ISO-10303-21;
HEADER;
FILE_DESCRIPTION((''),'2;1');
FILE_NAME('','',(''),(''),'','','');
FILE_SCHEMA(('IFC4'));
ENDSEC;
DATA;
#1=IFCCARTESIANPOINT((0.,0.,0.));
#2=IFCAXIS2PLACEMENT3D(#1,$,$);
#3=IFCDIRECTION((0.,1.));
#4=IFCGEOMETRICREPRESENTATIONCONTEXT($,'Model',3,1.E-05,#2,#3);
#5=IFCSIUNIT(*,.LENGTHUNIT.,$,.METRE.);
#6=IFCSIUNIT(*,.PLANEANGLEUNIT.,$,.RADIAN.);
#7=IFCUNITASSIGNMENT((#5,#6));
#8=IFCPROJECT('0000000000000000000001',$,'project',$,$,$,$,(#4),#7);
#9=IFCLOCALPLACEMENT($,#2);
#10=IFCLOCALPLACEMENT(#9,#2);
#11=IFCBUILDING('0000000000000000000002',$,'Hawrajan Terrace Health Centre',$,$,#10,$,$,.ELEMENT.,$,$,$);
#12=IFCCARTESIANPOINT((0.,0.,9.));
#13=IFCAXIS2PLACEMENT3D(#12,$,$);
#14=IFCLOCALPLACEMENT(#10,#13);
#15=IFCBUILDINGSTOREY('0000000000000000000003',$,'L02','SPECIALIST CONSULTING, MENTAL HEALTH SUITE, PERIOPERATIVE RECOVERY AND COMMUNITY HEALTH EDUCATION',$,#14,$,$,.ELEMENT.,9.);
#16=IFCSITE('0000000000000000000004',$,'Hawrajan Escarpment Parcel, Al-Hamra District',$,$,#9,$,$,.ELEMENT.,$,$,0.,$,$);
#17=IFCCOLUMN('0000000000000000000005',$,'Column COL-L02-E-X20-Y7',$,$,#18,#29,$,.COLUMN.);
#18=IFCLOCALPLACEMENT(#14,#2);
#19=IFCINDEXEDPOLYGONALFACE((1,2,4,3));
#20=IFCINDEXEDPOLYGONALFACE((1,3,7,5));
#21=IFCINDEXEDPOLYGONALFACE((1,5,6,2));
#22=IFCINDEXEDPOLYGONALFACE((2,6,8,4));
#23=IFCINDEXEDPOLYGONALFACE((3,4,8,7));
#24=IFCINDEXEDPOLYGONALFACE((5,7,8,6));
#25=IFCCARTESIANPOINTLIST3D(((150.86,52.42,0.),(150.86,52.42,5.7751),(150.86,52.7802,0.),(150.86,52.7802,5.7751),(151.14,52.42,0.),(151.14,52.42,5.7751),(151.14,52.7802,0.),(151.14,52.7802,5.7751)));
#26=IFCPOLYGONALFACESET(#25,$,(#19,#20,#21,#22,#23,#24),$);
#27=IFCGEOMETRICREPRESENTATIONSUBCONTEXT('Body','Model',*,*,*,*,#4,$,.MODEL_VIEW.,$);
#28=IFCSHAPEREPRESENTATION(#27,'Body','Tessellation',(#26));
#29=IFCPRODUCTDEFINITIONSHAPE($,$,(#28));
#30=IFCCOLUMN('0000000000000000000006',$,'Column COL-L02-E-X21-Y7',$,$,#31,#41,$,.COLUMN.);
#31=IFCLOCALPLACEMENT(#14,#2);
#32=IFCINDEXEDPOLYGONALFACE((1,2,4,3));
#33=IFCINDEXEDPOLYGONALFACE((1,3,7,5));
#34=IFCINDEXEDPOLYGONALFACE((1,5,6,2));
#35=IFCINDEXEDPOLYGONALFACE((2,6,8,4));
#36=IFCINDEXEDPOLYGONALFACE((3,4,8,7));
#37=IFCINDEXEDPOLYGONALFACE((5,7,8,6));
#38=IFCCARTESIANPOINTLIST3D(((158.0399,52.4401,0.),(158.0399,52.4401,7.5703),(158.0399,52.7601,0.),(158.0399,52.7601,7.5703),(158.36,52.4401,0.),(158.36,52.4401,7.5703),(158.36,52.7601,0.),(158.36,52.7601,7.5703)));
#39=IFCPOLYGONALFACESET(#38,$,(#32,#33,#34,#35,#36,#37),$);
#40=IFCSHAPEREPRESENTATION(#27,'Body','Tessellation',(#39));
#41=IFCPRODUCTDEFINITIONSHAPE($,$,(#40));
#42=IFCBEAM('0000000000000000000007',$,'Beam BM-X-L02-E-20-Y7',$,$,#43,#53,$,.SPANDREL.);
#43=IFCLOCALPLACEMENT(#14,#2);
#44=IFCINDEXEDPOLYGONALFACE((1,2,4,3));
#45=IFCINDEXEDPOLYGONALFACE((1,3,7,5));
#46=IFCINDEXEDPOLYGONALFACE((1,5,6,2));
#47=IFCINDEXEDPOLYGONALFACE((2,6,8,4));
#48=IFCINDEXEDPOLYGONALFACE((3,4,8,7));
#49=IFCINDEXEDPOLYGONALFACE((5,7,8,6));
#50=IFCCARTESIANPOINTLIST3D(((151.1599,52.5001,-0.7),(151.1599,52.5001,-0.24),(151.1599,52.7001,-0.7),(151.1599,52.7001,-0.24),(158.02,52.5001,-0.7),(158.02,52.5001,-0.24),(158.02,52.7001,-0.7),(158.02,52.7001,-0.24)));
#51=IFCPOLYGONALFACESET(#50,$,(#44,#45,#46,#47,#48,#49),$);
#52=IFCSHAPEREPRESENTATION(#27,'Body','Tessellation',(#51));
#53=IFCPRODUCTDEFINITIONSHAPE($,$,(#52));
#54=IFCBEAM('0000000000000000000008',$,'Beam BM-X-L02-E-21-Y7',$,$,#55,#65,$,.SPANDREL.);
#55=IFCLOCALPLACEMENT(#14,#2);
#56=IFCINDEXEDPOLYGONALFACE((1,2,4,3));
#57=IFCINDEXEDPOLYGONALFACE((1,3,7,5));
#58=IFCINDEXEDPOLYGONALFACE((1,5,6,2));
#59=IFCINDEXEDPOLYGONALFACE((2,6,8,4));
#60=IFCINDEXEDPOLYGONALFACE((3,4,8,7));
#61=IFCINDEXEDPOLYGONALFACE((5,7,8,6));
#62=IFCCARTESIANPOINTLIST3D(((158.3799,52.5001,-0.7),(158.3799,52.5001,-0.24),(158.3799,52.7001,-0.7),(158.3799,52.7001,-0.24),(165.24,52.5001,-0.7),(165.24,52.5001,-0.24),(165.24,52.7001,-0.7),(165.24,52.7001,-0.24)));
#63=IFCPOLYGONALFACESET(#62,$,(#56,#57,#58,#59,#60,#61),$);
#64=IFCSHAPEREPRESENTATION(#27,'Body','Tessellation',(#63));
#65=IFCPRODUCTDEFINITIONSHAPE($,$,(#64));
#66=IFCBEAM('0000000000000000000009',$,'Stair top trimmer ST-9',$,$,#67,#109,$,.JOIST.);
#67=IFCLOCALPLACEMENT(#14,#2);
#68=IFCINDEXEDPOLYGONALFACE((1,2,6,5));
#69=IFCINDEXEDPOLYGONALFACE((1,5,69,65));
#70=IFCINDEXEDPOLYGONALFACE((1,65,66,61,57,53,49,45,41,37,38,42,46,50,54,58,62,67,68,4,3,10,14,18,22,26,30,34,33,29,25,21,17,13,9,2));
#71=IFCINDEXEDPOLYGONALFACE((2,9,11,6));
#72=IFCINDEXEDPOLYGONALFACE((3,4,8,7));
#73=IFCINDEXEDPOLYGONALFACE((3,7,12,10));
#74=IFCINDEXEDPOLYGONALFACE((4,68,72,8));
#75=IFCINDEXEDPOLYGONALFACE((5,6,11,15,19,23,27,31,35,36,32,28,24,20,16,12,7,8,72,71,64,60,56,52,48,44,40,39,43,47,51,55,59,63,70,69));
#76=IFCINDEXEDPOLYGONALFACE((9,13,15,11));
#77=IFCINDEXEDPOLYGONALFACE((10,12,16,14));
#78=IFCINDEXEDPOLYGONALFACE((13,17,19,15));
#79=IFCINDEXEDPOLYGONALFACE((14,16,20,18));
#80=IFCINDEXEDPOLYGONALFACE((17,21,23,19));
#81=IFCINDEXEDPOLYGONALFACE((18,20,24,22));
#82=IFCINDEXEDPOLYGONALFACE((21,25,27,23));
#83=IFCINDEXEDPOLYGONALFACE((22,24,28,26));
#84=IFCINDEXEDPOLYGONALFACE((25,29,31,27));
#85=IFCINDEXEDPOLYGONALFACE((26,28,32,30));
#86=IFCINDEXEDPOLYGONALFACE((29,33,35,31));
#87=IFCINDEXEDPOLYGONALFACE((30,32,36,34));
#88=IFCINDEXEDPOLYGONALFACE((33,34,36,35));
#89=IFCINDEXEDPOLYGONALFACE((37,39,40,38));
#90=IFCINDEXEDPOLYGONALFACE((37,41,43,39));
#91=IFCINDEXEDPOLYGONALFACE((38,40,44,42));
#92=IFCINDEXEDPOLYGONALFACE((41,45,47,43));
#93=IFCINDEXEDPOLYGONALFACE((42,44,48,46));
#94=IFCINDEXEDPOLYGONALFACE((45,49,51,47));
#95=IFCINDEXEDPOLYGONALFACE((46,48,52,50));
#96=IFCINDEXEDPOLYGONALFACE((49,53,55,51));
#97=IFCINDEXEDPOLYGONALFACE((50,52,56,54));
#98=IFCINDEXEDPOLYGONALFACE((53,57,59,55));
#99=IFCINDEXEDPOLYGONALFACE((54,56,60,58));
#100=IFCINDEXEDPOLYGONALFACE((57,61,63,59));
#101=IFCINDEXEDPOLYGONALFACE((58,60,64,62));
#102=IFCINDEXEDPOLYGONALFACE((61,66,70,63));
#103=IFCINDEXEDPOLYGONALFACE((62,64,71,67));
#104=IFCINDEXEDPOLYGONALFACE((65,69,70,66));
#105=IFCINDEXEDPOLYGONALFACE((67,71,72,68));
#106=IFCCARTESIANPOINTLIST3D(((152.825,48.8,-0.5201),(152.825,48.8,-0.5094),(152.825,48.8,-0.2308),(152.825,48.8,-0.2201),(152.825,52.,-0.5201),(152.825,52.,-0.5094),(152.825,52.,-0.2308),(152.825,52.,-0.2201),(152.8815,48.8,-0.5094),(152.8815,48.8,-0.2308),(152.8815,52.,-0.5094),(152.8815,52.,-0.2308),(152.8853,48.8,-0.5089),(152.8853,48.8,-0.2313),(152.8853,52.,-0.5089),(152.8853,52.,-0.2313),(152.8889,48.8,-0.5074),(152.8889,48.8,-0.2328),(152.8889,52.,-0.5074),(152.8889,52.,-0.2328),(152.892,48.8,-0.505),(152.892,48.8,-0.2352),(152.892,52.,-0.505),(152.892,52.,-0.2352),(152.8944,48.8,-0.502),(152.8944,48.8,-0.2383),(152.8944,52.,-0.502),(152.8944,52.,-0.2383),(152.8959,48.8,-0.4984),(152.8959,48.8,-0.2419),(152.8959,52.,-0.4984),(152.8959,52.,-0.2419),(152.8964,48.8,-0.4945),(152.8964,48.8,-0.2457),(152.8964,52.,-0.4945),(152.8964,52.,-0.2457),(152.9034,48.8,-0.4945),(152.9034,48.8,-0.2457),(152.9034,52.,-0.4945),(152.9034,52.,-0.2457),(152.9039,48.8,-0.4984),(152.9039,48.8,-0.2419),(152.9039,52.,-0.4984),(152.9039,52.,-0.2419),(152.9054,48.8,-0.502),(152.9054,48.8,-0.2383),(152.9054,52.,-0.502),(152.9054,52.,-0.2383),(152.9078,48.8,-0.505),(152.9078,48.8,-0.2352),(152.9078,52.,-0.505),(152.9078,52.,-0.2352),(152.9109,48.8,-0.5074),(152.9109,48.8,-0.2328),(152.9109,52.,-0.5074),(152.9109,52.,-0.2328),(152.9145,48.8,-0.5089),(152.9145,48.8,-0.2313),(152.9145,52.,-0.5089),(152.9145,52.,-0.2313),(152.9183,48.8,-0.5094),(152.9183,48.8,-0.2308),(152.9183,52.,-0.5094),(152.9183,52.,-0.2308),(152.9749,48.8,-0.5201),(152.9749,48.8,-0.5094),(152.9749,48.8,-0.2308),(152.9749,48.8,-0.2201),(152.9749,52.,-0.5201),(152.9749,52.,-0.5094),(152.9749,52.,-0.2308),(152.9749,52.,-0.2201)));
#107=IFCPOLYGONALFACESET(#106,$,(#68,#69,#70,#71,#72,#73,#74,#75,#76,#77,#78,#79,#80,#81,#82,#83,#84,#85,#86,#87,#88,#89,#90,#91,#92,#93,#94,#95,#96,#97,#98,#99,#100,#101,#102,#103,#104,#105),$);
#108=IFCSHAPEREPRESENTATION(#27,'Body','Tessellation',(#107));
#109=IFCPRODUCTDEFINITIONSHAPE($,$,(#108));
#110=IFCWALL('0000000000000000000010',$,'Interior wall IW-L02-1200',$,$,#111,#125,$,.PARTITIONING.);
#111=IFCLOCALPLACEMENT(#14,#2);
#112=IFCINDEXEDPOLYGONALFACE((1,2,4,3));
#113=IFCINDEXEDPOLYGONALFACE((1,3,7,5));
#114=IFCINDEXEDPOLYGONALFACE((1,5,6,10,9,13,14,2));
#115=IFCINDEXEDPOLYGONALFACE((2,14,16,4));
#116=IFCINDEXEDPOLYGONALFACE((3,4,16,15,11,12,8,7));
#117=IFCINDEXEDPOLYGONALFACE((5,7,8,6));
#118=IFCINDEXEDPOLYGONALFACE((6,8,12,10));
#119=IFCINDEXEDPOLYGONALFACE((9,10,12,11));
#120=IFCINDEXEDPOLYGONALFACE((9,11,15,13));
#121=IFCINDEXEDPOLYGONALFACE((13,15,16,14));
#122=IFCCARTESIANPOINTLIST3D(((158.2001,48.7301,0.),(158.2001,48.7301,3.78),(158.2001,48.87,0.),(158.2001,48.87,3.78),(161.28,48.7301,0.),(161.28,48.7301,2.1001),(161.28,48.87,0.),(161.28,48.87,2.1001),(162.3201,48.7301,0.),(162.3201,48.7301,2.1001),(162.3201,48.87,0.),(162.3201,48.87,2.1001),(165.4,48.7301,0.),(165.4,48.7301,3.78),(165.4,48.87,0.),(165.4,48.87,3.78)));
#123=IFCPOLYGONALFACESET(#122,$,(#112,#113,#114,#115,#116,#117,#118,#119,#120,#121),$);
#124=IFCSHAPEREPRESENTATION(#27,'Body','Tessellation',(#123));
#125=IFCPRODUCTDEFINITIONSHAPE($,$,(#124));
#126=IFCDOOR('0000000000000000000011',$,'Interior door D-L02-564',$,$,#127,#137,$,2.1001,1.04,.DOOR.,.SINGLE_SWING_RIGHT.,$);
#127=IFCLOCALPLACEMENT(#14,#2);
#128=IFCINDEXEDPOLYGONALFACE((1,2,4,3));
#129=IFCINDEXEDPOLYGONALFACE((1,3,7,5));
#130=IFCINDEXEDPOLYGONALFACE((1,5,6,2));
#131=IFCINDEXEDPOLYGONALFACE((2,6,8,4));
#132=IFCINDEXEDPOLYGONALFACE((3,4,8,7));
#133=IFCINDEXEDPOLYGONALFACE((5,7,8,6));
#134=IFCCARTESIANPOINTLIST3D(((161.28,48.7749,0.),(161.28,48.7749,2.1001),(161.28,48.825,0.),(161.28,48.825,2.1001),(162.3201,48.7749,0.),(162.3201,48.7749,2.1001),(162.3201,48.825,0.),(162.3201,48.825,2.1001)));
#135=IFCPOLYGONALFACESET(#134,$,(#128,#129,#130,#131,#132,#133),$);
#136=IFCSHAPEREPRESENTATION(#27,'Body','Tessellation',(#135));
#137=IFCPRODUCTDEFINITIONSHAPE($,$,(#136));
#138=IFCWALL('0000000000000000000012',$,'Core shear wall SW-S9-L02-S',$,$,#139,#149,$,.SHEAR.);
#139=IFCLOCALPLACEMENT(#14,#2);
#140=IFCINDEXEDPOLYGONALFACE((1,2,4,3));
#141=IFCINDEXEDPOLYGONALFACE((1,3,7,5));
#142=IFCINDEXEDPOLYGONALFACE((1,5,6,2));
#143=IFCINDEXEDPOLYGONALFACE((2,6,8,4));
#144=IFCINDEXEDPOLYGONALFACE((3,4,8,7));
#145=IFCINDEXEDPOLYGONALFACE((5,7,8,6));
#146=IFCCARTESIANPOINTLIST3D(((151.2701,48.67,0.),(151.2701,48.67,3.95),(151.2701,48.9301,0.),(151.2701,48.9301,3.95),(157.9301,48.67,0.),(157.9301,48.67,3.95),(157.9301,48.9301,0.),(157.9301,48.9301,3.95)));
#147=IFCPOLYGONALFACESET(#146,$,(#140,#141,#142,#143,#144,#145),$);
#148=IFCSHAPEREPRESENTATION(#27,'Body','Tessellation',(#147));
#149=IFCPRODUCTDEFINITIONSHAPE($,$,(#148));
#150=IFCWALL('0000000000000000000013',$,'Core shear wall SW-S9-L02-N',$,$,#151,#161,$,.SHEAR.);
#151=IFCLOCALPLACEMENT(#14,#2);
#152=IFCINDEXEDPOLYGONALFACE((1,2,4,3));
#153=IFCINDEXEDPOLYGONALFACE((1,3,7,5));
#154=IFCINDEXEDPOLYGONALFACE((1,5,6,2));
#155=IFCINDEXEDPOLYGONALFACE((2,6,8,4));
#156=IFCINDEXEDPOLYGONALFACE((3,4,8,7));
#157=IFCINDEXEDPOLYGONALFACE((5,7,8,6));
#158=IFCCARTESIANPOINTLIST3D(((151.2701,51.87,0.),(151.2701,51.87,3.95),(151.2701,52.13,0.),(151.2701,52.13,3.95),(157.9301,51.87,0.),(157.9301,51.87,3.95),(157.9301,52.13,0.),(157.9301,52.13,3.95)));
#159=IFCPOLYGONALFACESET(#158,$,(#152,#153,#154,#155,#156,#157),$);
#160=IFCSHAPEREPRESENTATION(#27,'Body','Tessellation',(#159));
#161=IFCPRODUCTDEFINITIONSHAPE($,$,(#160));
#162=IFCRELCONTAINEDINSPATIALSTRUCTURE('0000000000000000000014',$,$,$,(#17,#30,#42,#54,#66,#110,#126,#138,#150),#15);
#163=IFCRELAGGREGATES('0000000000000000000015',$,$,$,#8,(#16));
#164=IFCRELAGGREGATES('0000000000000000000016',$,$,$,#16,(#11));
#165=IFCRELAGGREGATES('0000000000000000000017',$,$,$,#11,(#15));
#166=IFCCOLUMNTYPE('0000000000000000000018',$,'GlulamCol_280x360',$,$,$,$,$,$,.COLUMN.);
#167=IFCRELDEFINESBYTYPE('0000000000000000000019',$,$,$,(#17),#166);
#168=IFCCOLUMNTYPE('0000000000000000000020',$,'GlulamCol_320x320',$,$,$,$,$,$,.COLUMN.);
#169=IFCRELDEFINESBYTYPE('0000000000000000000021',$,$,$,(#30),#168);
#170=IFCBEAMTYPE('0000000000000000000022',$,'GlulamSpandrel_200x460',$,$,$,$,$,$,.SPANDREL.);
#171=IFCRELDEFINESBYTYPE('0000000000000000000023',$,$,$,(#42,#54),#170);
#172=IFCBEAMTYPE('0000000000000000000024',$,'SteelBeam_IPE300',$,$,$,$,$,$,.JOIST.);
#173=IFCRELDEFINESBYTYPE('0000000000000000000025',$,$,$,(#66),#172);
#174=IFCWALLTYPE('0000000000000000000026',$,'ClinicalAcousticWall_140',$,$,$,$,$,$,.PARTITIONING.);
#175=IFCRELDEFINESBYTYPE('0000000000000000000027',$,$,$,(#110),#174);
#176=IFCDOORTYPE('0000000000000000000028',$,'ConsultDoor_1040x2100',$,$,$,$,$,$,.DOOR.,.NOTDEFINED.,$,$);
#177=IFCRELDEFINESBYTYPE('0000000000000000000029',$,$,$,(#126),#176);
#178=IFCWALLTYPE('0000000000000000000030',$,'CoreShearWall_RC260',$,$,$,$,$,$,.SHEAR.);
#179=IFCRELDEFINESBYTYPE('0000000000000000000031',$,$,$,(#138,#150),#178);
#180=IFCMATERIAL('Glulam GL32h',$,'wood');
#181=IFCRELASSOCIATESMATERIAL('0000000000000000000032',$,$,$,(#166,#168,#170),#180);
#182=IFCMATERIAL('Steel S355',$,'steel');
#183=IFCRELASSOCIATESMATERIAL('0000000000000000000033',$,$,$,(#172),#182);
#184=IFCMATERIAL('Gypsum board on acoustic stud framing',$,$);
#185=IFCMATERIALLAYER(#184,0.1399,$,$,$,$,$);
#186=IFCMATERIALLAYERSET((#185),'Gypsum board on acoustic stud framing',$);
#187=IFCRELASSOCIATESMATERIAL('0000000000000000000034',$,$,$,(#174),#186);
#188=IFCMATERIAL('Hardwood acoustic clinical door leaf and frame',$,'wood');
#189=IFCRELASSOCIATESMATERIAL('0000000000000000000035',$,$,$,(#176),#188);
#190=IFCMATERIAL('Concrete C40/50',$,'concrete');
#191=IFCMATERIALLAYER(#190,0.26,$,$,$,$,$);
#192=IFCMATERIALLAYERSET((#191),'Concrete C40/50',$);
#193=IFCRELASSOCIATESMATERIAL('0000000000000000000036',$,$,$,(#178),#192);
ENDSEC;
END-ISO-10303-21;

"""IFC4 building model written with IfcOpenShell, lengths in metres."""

from ifc_helpers import new_model, si_unit, direction, frame, frame_2d, origin, origin_2d, place, context, subcontext, project, spatial, rectangle, i_section, extrude, material, layer, layer_set, material_profile, profile_set, type_object, element, fill, save


model = new_model("IFC4")

# Units and contexts
model_context = context("Model", 3, precision=1e-05, world=origin(), true_north=direction((0.0, 1.0)))
body_context = subcontext(model_context, "Body", "Model", "MODEL_VIEW")
ifc_project = project(units=[si_unit("LENGTHUNIT", "METRE"), si_unit("PLANEANGLEUNIT", "RADIAN")], contexts=[model_context])

# Site, building, storey
site_placement = place(None, origin())
site = spatial("IfcSite", under=ifc_project, at=site_placement, Name="Hawrajan Escarpment Parcel, Al-Hamra District", CompositionType="ELEMENT", RefElevation=0.0)
building_placement = place(site_placement, origin())
building = spatial("IfcBuilding", under=site, at=building_placement, Name="Hawrajan Terrace Health Centre", CompositionType="ELEMENT")
storey_placement = place(building_placement, frame((0.0, 0.0, 9.0)))
storey = spatial("IfcBuildingStorey", under=building, at=storey_placement, Name="L02", Description="SPECIALIST CONSULTING, MENTAL HEALTH SUITE, PERIOPERATIVE RECOVERY AND COMMUNITY HEALTH EDUCATION", CompositionType="ELEMENT", Elevation=9.0)

# Columns
ifc_material_1 = material(Name="Glulam GL32h", Category="wood")
ifc_material_profile_1 = material_profile(ifc_material_1, rectangle(XDim=0.28, YDim=0.3601, at=origin_2d()), Name="GL 280x360")
ifc_profile_set_1 = profile_set([ifc_material_profile_1], Name="Glulam GL32h")
column_type_1 = type_object("IfcColumnType", Name="GlulamCol_280x360", PredefinedType="COLUMN", material=ifc_profile_set_1)
column_1_placement = place(storey_placement, frame((151.0, 52.6001, 0.0), z_axis=(0.0, 0.0, 1.0), x_axis=(1.0, 0.0, 0.0)))
element("IfcColumn", 1, at=column_1_placement, inside=storey, type_object=column_type_1, Name="Column COL-L02-E-X20-Y7", PredefinedType="COLUMN", context=body_context, shape_type="SweptSolid", body=[
    extrude(rectangle(XDim=0.28, YDim=0.3601, at=origin_2d()), origin(), (0.0, 0.0, 1.0), 5.7751),
])
ifc_material_profile_2 = material_profile(ifc_material_1, rectangle(XDim=0.3201, YDim=0.3201, at=origin_2d()), Name="GL 320x320")
ifc_profile_set_2 = profile_set([ifc_material_profile_2], Name="Glulam GL32h")
column_type_2 = type_object("IfcColumnType", Name="GlulamCol_320x320", PredefinedType="COLUMN", material=ifc_profile_set_2)
column_2_placement = place(storey_placement, frame((158.2, 52.6001, 0.0), z_axis=(0.0, 0.0, 1.0), x_axis=(1.0, 0.0, 0.0)))
element("IfcColumn", 2, at=column_2_placement, inside=storey, type_object=column_type_2, Name="Column COL-L02-E-X21-Y7", PredefinedType="COLUMN", context=body_context, shape_type="SweptSolid", body=[
    extrude(rectangle(XDim=0.3201, YDim=0.3201, at=origin_2d()), origin(), (0.0, 0.0, 1.0), 7.5703),
])

# Beams
ifc_material_profile_3 = material_profile(ifc_material_1, rectangle(XDim=0.2, YDim=0.46, at=origin_2d()), Name="GL SP 200x460")
ifc_profile_set_3 = profile_set([ifc_material_profile_3], Name="Glulam GL32h")
beam_type_1 = type_object("IfcBeamType", Name="GlulamSpandrel_200x460", PredefinedType="SPANDREL", material=ifc_profile_set_3)
for number, where, z_axis, x_axis, name in (
    (3, (151.1599, 52.6001, -0.47), (1.0, 0.0, 0.0), (0.0, 1.0, 0.0), "Beam BM-X-L02-E-20-Y7"),
    (4, (158.3799, 52.6001, -0.47), (1.0, 0.0, 0.0), (0.0, 1.0, 0.0), "Beam BM-X-L02-E-21-Y7"),
):
    element("IfcBeam", number, at=place(storey_placement, frame(where, z_axis=z_axis, x_axis=x_axis)), inside=storey, type_object=beam_type_1, Name=name, PredefinedType="SPANDREL", context=body_context, shape_type="SweptSolid", body=[
        extrude(rectangle(XDim=0.2, YDim=0.46, at=origin_2d()), origin(), (0.0, 0.0, 1.0), 6.8601),
    ])
ifc_material_2 = material(Name="Steel S355", Category="steel")
ifc_material_profile_4 = material_profile(ifc_material_2, i_section(OverallWidth=0.1499, OverallDepth=0.3, WebThickness=0.0071, FlangeThickness=0.0107, FilletRadius=0.0149, at=origin_2d()), Name="IPE 300")
ifc_profile_set_4 = profile_set([ifc_material_profile_4], Name="Steel S355")
beam_type_2 = type_object("IfcBeamType", Name="SteelBeam_IPE300", PredefinedType="JOIST", material=ifc_profile_set_4)
beam_placement = place(storey_placement, frame((152.8999, 48.8, -0.3701), z_axis=(0.0, 1.0, 0.0), x_axis=(-1.0, 0.0, 0.0)))
element("IfcBeam", 5, at=beam_placement, inside=storey, type_object=beam_type_2, Name="Stair top trimmer ST-9", PredefinedType="JOIST", context=body_context, shape_type="SweptSolid", body=[
    extrude(i_section(OverallWidth=0.1499, OverallDepth=0.3, WebThickness=0.0071, FlangeThickness=0.0107, FilletRadius=0.0149, at=origin_2d()), origin(), (0.0, 0.0, 1.0), 3.2),
])

# Wall, opening, door
ifc_material_3 = material(Name="Gypsum board on acoustic stud framing")
ifc_layer_1 = layer(ifc_material_3, 0.1399)
ifc_layer_set_1 = layer_set([ifc_layer_1], Name="Gypsum board on acoustic stud framing")
wall_type_1 = type_object("IfcWallType", Name="ClinicalAcousticWall_140", PredefinedType="PARTITIONING", material=ifc_layer_set_1)
wall_1_placement = place(storey_placement, frame((158.2, 48.8, 0.0), z_axis=(0.0, 0.0, 1.0), x_axis=(1.0, 0.0, 0.0)))
wall_1 = element("IfcWall", 6, at=wall_1_placement, inside=storey, type_object=wall_type_1, Name="Interior wall IW-L02-1200", PredefinedType="PARTITIONING", context=body_context, shape_type="SweptSolid", body=[
    extrude(rectangle(XDim=7.2, YDim=0.1399, at=frame_2d((3.6001, 0.0))), origin(), (0.0, 0.0, 1.0), 3.78),
])
opening_1_placement = place(wall_1_placement, frame((3.0801, 0.0, 0.0)))
opening_1 = element("IfcOpeningElement", 7, at=opening_1_placement, cuts=wall_1, PredefinedType="OPENING", context=body_context, shape_type="SweptSolid", body=[
    extrude(rectangle(XDim=1.04, YDim=2.1001, at=frame_2d((0.52, 1.05))), frame((0.0, 0.0798, 0.0), z_axis=(0.0, -1.0, 0.0), x_axis=(1.0, 0.0, 0.0)), (0.0, 0.0, 1.0), 0.1599),
])
ifc_material_4 = material(Name="Hardwood acoustic clinical door leaf and frame", Category="wood")
door_type_1 = type_object("IfcDoorType", Name="ConsultDoor_1040x2100", OperationType="NOTDEFINED", PredefinedType="DOOR", material=ifc_material_4)
door_1_placement = place(opening_1_placement, origin())
door_1 = element("IfcDoor", 8, at=door_1_placement, inside=storey, type_object=door_type_1, Name="Interior door D-L02-564", OperationType="SINGLE_SWING_RIGHT", OverallHeight=2.1001, OverallWidth=1.04, PredefinedType="DOOR", context=body_context, shape_type="SweptSolid", body=[
    extrude(rectangle(XDim=1.04, YDim=2.1001, at=frame_2d((0.52, 1.05))), frame((0.0, 0.0249, 0.0), z_axis=(0.0, -1.0, 0.0), x_axis=(1.0, 0.0, 0.0)), (0.0, 0.0, 1.0), 0.05),
])
fill(opening_1, door_1)

# Walls
ifc_material_5 = material(Name="Concrete C40/50", Category="concrete")
ifc_layer_2 = layer(ifc_material_5, 0.26)
ifc_layer_set_2 = layer_set([ifc_layer_2], Name="Concrete C40/50")
wall_type_2 = type_object("IfcWallType", Name="CoreShearWall_RC260", PredefinedType="SHEAR", material=ifc_layer_set_2)
for number, where, z_axis, x_axis, name in (
    (9, (151.27, 48.8, 0.0), (0.0, 0.0, 1.0), (1.0, 0.0, 0.0), "Core shear wall SW-S9-L02-S"),
    (10, (151.27, 52.0, 0.0), (0.0, 0.0, 1.0), (1.0, 0.0, 0.0), "Core shear wall SW-S9-L02-N"),
):
    element("IfcWall", number, at=place(storey_placement, frame(where, z_axis=z_axis, x_axis=x_axis)), inside=storey, type_object=wall_type_2, Name=name, PredefinedType="SHEAR", context=body_context, shape_type="SweptSolid", body=[
        extrude(rectangle(XDim=6.6599, YDim=0.26, at=frame_2d((3.3301, 0.0))), origin(), (0.0, 0.0, 1.0), 3.95),
    ])

save(model, "model.ifc")
